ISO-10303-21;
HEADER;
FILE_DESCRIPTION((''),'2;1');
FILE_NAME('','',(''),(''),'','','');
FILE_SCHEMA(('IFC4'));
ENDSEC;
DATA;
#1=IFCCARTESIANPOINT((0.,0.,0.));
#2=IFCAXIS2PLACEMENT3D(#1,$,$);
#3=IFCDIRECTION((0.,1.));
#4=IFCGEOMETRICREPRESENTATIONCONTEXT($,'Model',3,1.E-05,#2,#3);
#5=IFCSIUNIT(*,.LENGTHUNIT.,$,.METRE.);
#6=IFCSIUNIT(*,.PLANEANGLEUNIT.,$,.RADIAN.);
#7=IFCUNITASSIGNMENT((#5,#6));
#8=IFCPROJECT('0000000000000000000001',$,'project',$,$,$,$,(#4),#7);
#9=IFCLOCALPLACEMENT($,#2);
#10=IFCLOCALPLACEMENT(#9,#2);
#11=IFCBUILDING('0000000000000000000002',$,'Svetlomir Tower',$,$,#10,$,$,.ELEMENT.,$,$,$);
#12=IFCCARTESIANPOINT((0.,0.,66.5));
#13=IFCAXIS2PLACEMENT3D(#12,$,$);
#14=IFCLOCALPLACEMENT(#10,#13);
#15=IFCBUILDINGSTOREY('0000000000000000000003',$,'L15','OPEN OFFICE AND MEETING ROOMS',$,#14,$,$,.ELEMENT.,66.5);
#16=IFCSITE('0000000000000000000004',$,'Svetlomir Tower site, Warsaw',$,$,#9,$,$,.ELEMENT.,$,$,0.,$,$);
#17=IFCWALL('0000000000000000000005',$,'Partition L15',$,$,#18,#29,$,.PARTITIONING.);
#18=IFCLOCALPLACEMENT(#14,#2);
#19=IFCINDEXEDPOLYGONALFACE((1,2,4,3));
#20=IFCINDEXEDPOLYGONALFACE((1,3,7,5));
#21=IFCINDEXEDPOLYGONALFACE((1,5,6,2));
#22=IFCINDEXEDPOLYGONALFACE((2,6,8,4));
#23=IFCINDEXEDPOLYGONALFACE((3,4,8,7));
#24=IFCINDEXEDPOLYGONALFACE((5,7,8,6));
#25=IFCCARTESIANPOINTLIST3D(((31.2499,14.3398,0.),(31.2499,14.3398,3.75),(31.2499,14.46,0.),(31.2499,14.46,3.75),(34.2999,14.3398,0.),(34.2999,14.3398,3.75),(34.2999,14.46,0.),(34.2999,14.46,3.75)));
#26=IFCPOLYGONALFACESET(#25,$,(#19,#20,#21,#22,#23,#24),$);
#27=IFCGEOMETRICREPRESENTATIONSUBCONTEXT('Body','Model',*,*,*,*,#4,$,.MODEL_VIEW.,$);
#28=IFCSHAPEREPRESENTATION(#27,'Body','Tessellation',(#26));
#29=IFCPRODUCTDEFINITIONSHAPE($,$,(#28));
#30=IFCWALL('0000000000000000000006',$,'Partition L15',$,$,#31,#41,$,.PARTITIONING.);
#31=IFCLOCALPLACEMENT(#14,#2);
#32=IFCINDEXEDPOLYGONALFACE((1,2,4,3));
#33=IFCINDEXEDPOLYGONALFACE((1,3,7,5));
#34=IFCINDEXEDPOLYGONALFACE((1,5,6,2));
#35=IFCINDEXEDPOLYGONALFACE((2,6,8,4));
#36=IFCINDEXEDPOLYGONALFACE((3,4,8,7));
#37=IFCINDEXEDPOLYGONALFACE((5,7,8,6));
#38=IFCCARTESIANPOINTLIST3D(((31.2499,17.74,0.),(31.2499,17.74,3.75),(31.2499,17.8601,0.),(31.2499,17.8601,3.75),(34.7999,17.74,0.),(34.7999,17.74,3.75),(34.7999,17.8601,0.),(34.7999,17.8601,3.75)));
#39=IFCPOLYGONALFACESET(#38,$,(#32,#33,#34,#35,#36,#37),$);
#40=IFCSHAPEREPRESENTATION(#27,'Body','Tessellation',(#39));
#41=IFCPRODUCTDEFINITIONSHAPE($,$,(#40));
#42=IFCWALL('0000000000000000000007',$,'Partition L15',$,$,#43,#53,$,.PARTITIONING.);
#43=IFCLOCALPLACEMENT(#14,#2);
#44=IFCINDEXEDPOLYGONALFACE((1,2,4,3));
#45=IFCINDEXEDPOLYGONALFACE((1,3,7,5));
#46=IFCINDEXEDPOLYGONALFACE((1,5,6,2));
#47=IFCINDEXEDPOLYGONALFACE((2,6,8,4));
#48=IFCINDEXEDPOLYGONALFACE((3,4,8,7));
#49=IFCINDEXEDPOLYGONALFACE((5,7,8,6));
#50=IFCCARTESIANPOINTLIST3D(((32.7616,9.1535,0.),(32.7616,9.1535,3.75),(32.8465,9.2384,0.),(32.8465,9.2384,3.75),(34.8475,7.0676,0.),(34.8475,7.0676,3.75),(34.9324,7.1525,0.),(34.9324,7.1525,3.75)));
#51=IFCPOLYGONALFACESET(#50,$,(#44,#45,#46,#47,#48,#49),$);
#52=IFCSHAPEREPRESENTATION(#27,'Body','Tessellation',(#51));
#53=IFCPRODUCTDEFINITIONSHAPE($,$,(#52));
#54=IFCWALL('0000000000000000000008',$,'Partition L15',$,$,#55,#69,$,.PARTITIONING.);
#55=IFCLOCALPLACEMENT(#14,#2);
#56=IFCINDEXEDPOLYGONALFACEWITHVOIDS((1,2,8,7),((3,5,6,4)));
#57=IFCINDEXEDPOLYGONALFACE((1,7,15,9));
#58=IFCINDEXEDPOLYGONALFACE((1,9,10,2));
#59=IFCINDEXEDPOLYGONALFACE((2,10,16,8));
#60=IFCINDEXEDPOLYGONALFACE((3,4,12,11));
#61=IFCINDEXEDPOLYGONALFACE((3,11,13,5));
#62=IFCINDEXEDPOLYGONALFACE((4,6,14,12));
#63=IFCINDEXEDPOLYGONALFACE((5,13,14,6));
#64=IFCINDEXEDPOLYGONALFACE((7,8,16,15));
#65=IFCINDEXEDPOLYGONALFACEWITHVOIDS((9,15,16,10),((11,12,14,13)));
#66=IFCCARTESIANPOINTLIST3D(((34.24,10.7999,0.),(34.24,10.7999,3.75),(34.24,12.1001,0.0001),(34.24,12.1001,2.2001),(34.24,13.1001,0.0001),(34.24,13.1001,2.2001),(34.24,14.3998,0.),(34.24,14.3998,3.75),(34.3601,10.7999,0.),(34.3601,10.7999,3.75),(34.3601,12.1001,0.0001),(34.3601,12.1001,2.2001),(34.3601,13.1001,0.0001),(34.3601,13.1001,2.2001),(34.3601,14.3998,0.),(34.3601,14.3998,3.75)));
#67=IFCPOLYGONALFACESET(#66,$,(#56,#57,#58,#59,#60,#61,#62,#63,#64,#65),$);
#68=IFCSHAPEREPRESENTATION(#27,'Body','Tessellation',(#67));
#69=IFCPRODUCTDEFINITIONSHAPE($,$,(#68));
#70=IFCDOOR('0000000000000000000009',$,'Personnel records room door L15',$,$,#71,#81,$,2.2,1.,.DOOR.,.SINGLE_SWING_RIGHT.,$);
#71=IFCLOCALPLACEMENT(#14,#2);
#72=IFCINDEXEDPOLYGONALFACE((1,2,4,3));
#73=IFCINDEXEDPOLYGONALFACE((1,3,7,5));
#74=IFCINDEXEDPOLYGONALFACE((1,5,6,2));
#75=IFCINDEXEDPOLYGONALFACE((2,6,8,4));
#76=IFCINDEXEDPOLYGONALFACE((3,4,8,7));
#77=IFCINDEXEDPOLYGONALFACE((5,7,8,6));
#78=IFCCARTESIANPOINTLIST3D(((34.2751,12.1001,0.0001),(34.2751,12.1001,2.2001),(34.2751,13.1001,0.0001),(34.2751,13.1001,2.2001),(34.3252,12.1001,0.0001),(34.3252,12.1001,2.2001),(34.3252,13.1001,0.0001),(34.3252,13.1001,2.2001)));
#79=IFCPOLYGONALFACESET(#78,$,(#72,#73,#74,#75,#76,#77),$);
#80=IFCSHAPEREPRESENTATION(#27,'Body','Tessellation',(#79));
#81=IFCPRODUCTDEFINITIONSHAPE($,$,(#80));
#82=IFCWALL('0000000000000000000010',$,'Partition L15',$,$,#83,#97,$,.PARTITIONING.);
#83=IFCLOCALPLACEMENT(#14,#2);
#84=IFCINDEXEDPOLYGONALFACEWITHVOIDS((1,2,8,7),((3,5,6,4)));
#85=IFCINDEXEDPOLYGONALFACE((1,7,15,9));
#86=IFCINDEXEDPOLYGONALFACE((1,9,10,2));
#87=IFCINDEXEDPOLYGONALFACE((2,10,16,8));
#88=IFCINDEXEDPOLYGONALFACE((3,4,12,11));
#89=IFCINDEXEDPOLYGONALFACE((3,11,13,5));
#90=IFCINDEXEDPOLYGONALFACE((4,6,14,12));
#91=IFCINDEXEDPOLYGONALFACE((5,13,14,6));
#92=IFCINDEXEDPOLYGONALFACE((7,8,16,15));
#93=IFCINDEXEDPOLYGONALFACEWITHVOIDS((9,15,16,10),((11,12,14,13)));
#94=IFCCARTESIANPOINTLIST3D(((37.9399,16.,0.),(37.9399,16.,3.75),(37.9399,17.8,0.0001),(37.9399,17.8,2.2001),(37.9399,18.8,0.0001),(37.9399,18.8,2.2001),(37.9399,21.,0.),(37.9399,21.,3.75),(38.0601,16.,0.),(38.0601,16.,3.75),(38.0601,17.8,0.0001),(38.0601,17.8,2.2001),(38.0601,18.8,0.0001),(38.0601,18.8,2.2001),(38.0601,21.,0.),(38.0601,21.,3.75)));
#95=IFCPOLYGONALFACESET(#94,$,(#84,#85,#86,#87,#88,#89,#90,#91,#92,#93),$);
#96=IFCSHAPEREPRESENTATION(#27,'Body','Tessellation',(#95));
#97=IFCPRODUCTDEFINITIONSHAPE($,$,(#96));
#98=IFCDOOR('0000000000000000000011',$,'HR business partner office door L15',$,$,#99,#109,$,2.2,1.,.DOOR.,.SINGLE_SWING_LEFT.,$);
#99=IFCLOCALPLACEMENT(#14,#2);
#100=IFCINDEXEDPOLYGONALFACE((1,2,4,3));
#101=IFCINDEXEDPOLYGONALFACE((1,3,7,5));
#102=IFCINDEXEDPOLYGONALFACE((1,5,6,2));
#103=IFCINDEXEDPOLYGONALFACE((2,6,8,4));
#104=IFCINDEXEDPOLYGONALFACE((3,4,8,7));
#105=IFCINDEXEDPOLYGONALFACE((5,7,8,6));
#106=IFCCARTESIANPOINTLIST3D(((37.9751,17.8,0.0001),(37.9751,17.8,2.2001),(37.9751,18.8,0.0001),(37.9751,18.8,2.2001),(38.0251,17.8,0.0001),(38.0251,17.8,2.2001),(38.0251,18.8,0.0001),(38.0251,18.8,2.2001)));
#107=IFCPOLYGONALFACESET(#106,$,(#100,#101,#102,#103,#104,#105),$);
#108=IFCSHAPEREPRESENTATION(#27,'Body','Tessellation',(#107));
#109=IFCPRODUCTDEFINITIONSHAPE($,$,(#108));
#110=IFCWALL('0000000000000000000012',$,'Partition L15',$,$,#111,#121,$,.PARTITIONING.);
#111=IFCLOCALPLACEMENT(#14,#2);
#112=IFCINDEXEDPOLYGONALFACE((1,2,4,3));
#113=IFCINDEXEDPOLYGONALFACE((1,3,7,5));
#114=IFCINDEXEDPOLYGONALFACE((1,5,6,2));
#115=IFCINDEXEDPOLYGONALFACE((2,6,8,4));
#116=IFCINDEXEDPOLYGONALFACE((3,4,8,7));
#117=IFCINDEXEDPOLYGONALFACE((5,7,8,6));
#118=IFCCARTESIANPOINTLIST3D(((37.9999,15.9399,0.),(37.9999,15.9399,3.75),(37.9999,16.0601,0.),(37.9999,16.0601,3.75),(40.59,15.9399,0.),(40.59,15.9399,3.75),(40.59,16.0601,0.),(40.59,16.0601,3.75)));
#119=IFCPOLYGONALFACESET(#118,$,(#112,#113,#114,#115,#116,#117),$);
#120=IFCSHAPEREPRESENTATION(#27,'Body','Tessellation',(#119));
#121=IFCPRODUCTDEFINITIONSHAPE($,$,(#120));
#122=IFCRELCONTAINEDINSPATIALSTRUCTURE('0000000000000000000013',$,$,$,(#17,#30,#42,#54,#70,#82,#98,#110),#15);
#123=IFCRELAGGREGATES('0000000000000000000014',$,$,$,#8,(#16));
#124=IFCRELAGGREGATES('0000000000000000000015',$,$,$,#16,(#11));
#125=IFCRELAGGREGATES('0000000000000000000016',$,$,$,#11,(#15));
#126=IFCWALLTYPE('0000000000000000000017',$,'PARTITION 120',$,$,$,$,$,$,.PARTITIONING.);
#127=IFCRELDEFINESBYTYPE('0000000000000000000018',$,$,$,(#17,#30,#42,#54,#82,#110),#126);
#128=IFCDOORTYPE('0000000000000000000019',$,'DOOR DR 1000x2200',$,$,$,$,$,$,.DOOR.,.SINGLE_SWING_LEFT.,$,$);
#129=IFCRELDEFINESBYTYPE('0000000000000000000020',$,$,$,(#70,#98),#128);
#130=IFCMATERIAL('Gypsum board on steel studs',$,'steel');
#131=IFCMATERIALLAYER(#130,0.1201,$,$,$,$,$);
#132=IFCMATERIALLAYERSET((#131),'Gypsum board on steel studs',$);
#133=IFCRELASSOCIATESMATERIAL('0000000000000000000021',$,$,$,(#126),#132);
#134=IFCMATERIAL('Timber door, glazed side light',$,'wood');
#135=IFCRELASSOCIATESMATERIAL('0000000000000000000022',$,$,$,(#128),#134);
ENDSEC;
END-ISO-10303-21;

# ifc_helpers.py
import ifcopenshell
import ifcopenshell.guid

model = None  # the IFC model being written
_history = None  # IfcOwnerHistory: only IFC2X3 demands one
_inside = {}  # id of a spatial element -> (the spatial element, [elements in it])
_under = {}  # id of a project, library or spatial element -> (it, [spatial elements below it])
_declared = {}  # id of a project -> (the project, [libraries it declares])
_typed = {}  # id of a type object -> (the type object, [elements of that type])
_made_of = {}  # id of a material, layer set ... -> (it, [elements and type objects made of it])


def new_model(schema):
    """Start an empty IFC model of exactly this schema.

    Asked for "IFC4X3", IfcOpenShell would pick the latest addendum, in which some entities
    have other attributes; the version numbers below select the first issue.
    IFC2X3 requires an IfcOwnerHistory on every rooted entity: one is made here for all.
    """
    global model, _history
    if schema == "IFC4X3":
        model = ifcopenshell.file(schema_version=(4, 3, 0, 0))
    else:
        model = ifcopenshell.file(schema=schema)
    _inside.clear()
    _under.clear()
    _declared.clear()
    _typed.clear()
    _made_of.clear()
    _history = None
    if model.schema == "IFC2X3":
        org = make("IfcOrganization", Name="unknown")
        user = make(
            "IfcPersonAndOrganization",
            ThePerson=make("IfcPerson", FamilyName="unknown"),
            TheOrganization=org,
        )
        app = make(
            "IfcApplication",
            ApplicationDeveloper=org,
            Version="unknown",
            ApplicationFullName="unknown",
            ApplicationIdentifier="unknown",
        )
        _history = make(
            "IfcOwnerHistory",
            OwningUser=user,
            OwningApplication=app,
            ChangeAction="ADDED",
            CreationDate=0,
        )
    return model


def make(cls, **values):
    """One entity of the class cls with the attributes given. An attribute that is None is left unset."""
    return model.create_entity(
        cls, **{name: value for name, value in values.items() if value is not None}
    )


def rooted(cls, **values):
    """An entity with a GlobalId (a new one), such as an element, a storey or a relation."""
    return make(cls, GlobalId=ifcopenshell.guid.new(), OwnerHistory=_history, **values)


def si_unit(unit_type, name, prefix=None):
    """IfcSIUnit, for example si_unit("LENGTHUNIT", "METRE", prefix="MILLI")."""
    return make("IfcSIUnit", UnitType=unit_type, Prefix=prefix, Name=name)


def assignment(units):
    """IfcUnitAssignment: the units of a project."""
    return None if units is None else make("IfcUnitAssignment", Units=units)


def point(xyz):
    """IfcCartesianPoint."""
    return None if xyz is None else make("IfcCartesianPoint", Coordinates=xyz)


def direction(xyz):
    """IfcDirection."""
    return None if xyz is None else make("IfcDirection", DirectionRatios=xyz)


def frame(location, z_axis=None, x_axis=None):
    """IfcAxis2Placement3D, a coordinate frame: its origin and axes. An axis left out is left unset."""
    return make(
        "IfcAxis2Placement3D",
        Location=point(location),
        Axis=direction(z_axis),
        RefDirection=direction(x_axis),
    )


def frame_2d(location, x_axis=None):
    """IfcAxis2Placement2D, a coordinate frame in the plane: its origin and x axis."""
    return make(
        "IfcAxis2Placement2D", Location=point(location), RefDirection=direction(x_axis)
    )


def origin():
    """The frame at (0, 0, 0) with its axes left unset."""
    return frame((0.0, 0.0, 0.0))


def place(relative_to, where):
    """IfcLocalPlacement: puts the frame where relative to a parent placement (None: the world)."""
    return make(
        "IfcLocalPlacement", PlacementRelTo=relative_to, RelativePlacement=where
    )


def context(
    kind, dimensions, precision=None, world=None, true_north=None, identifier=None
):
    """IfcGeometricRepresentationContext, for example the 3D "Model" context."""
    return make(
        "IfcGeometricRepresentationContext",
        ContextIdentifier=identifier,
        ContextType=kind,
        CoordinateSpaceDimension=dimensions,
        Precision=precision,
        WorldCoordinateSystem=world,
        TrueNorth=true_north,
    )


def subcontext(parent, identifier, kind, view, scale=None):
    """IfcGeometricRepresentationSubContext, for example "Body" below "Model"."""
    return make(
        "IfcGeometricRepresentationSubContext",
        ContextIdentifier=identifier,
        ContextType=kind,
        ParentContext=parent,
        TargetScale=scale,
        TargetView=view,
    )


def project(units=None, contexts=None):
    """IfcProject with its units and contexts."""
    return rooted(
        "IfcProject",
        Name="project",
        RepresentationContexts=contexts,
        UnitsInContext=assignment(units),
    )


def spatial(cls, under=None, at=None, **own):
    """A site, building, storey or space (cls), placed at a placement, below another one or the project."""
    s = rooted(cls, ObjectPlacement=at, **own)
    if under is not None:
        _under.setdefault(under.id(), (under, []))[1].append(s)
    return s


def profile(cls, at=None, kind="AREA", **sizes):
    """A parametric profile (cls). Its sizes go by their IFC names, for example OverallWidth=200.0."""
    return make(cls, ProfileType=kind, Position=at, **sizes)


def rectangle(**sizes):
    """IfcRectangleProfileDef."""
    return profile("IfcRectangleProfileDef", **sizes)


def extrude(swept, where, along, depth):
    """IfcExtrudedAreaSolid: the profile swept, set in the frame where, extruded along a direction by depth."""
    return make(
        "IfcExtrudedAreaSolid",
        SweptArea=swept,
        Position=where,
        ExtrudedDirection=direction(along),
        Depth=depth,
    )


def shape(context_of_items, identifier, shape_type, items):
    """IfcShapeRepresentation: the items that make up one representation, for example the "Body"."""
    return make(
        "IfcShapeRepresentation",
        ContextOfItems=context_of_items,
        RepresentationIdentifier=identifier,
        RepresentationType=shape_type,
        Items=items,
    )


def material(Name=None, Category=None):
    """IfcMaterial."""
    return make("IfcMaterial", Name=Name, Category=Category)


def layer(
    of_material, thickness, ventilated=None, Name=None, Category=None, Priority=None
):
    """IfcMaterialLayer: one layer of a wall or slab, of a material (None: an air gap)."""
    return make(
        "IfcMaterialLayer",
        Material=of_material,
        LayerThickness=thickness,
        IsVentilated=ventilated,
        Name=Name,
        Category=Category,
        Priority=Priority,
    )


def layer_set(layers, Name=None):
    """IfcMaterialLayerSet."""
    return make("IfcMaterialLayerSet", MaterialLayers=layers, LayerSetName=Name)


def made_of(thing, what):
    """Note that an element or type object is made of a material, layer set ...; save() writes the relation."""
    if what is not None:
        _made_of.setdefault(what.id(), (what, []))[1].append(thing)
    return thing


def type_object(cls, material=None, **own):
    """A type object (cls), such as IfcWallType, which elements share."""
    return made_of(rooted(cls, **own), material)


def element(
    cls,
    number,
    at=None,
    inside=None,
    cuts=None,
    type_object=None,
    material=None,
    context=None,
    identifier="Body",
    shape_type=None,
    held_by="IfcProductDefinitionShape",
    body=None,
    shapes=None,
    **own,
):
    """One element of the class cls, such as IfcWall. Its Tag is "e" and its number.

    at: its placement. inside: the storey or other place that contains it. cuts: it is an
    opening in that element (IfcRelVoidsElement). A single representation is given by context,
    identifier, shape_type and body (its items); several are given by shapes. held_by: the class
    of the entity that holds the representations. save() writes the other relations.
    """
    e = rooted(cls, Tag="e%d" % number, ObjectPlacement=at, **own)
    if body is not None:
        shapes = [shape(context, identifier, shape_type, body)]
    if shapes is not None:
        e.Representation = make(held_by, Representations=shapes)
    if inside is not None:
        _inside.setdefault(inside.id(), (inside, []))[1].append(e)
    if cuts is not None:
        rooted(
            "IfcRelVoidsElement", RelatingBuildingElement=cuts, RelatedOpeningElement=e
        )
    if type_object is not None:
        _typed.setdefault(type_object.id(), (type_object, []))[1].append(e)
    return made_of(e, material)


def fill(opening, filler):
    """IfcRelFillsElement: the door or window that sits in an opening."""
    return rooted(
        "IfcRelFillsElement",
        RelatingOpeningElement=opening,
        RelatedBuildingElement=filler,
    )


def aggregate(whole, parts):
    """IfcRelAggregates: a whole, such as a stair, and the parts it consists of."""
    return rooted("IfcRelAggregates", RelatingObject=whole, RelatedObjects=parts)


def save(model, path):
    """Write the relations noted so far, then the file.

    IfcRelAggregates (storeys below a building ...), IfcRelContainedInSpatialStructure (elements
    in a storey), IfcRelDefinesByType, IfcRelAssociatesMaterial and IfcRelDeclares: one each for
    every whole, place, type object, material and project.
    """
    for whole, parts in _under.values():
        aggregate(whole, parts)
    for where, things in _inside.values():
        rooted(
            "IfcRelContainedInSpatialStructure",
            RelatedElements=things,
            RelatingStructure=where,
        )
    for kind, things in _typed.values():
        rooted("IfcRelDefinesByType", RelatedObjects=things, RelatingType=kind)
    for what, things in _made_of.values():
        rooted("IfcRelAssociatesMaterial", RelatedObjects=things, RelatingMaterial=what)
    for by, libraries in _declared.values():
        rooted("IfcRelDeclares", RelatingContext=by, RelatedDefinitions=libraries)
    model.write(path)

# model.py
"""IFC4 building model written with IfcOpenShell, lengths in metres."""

from ifc_helpers import new_model, si_unit, direction, frame, frame_2d, origin, place, context, subcontext, project, spatial, rectangle, extrude, material, layer, layer_set, type_object, element, fill, save


model = new_model("IFC4")

# Units and contexts
model_context = context("Model", 3, precision=1e-05, world=origin(), true_north=direction((0.0, 1.0)))
body_context = subcontext(model_context, "Body", "Model", "MODEL_VIEW")
ifc_project = project(units=[si_unit("LENGTHUNIT", "METRE"), si_unit("PLANEANGLEUNIT", "RADIAN")], contexts=[model_context])

# Site, building, storey
site_placement = place(None, origin())
site = spatial("IfcSite", under=ifc_project, at=site_placement, Name="Svetlomir Tower site, Warsaw", CompositionType="ELEMENT", RefElevation=0.0)
building_placement = place(site_placement, origin())
building = spatial("IfcBuilding", under=site, at=building_placement, Name="Svetlomir Tower", CompositionType="ELEMENT")
storey_placement = place(building_placement, frame((0.0, 0.0, 66.5)))
storey = spatial("IfcBuildingStorey", under=building, at=storey_placement, Name="L15", Description="OPEN OFFICE AND MEETING ROOMS", CompositionType="ELEMENT", Elevation=66.5)

# Walls
ifc_material_1 = material(Name="Gypsum board on steel studs", Category="steel")
ifc_layer_1 = layer(ifc_material_1, 0.1201)
ifc_layer_set_1 = layer_set([ifc_layer_1], Name="Gypsum board on steel studs")
wall_type_1 = type_object("IfcWallType", Name="PARTITION 120", PredefinedType="PARTITIONING", material=ifc_layer_set_1)
for number, where, z_axis, x_axis, name in (
    (1, (31.25, 14.3999, 0.0), (0.0, 0.0, 1.0), (1.0, 0.0, 0.0), "Partition L15"),
):
    element("IfcWall", number, at=place(storey_placement, frame(where, z_axis=z_axis, x_axis=x_axis)), inside=storey, type_object=wall_type_1, Name=name, PredefinedType="PARTITIONING", context=body_context, shape_type="SweptSolid", body=[
        extrude(rectangle(XDim=3.05, YDim=0.1201, at=frame_2d((1.5249, 0.0))), origin(), (0.0, 0.0, 1.0), 3.75),
    ])
wall_1_placement = place(storey_placement, frame((31.25, 17.8, 0.0), z_axis=(0.0, 0.0, 1.0), x_axis=(1.0, 0.0, 0.0)))
element("IfcWall", 2, at=wall_1_placement, inside=storey, type_object=wall_type_1, Name="Partition L15", PredefinedType="PARTITIONING", context=body_context, shape_type="SweptSolid", body=[
    extrude(rectangle(XDim=3.55, YDim=0.1201, at=frame_2d((1.7749, 0.0))), origin(), (0.0, 0.0, 1.0), 3.75),
])
wall_2_placement = place(storey_placement, frame((32.804, 9.196, 0.0), z_axis=(0.0, 0.0, 1.0), x_axis=(0.707107, -0.707107, 0.0)))
element("IfcWall", 3, at=wall_2_placement, inside=storey, type_object=wall_type_1, Name="Partition L15", PredefinedType="PARTITIONING", context=body_context, shape_type="SweptSolid", body=[
    extrude(rectangle(XDim=2.95, YDim=0.1201, at=frame_2d((1.4751, 0.0))), origin(), (0.0, 0.0, 1.0), 3.75),
])

# Walls, openings, doors
wall_3_placement = place(storey_placement, frame((34.3, 10.8, 0.0), z_axis=(0.0, 0.0, 1.0), x_axis=(0.0, 1.0, 0.0)))
wall_3 = element("IfcWall", 4, at=wall_3_placement, inside=storey, type_object=wall_type_1, Name="Partition L15", PredefinedType="PARTITIONING", context=body_context, shape_type="SweptSolid", body=[
    extrude(rectangle(XDim=3.5999, YDim=0.1201, at=frame_2d((1.7998, 0.0))), origin(), (0.0, 0.0, 1.0), 3.75),
])
opening_1_placement = place(wall_3_placement, frame((1.3, 0.0, 0.0)))
opening_1 = element("IfcOpeningElement", 5, at=opening_1_placement, cuts=wall_3, PredefinedType="OPENING", context=body_context, shape_type="SweptSolid", body=[
    extrude(rectangle(XDim=1.0, YDim=2.2, at=frame_2d((0.5, 1.1001))), frame((0.0, 0.0701, 0.0), z_axis=(0.0, -1.0, 0.0), x_axis=(1.0, 0.0, 0.0)), (0.0, 0.0, 1.0), 0.1401),
])
ifc_material_2 = material(Name="Timber door, glazed side light", Category="wood")
door_type_1 = type_object("IfcDoorType", Name="DOOR DR 1000x2200", OperationType="SINGLE_SWING_LEFT", PredefinedType="DOOR", material=ifc_material_2)
door_1_placement = place(opening_1_placement, origin())
door_1 = element("IfcDoor", 6, at=door_1_placement, inside=storey, type_object=door_type_1, Name="Personnel records room door L15", OperationType="SINGLE_SWING_RIGHT", OverallHeight=2.2, OverallWidth=1.0, PredefinedType="DOOR", context=body_context, shape_type="SweptSolid", body=[
    extrude(rectangle(XDim=1.0, YDim=2.2, at=frame_2d((0.5, 1.1001))), frame((0.0, 0.0249, 0.0), z_axis=(0.0, -1.0, 0.0), x_axis=(1.0, 0.0, 0.0)), (0.0, 0.0, 1.0), 0.05),
])
fill(opening_1, door_1)
wall_4_placement = place(storey_placement, frame((38.0, 16.0, 0.0), z_axis=(0.0, 0.0, 1.0), x_axis=(0.0, 1.0, 0.0)))
wall_4 = element("IfcWall", 7, at=wall_4_placement, inside=storey, type_object=wall_type_1, Name="Partition L15", PredefinedType="PARTITIONING", context=body_context, shape_type="SweptSolid", body=[
    extrude(rectangle(XDim=5.0, YDim=0.1201, at=frame_2d((2.5, 0.0))), origin(), (0.0, 0.0, 1.0), 3.75),
])
opening_2_placement = place(wall_4_placement, frame((1.8, 0.0, 0.0)))
opening_2 = element("IfcOpeningElement", 8, at=opening_2_placement, cuts=wall_4, PredefinedType="OPENING", context=body_context, shape_type="SweptSolid", body=[
    extrude(rectangle(XDim=1.0, YDim=2.2, at=frame_2d((0.5, 1.1001))), frame((0.0, 0.0701, 0.0), z_axis=(0.0, -1.0, 0.0), x_axis=(1.0, 0.0, 0.0)), (0.0, 0.0, 1.0), 0.1401),
])
door_2_placement = place(opening_2_placement, origin())
door_2 = element("IfcDoor", 9, at=door_2_placement, inside=storey, type_object=door_type_1, Name="HR business partner office door L15", OperationType="SINGLE_SWING_LEFT", OverallHeight=2.2, OverallWidth=1.0, PredefinedType="DOOR", context=body_context, shape_type="SweptSolid", body=[
    extrude(rectangle(XDim=1.0, YDim=2.2, at=frame_2d((0.5, 1.1001))), frame((0.0, 0.0249, 0.0), z_axis=(0.0, -1.0, 0.0), x_axis=(1.0, 0.0, 0.0)), (0.0, 0.0, 1.0), 0.05),
])
fill(opening_2, door_2)

# Wall
wall_5_placement = place(storey_placement, frame((38.0, 16.0, 0.0), z_axis=(0.0, 0.0, 1.0), x_axis=(1.0, 0.0, 0.0)))
element("IfcWall", 10, at=wall_5_placement, inside=storey, type_object=wall_type_1, Name="Partition L15", PredefinedType="PARTITIONING", context=body_context, shape_type="SweptSolid", body=[
    extrude(rectangle(XDim=2.5901, YDim=0.1201, at=frame_2d((1.2949, 0.0))), origin(), (0.0, 0.0, 1.0), 3.75),
])

save(model, "model.ifc")
